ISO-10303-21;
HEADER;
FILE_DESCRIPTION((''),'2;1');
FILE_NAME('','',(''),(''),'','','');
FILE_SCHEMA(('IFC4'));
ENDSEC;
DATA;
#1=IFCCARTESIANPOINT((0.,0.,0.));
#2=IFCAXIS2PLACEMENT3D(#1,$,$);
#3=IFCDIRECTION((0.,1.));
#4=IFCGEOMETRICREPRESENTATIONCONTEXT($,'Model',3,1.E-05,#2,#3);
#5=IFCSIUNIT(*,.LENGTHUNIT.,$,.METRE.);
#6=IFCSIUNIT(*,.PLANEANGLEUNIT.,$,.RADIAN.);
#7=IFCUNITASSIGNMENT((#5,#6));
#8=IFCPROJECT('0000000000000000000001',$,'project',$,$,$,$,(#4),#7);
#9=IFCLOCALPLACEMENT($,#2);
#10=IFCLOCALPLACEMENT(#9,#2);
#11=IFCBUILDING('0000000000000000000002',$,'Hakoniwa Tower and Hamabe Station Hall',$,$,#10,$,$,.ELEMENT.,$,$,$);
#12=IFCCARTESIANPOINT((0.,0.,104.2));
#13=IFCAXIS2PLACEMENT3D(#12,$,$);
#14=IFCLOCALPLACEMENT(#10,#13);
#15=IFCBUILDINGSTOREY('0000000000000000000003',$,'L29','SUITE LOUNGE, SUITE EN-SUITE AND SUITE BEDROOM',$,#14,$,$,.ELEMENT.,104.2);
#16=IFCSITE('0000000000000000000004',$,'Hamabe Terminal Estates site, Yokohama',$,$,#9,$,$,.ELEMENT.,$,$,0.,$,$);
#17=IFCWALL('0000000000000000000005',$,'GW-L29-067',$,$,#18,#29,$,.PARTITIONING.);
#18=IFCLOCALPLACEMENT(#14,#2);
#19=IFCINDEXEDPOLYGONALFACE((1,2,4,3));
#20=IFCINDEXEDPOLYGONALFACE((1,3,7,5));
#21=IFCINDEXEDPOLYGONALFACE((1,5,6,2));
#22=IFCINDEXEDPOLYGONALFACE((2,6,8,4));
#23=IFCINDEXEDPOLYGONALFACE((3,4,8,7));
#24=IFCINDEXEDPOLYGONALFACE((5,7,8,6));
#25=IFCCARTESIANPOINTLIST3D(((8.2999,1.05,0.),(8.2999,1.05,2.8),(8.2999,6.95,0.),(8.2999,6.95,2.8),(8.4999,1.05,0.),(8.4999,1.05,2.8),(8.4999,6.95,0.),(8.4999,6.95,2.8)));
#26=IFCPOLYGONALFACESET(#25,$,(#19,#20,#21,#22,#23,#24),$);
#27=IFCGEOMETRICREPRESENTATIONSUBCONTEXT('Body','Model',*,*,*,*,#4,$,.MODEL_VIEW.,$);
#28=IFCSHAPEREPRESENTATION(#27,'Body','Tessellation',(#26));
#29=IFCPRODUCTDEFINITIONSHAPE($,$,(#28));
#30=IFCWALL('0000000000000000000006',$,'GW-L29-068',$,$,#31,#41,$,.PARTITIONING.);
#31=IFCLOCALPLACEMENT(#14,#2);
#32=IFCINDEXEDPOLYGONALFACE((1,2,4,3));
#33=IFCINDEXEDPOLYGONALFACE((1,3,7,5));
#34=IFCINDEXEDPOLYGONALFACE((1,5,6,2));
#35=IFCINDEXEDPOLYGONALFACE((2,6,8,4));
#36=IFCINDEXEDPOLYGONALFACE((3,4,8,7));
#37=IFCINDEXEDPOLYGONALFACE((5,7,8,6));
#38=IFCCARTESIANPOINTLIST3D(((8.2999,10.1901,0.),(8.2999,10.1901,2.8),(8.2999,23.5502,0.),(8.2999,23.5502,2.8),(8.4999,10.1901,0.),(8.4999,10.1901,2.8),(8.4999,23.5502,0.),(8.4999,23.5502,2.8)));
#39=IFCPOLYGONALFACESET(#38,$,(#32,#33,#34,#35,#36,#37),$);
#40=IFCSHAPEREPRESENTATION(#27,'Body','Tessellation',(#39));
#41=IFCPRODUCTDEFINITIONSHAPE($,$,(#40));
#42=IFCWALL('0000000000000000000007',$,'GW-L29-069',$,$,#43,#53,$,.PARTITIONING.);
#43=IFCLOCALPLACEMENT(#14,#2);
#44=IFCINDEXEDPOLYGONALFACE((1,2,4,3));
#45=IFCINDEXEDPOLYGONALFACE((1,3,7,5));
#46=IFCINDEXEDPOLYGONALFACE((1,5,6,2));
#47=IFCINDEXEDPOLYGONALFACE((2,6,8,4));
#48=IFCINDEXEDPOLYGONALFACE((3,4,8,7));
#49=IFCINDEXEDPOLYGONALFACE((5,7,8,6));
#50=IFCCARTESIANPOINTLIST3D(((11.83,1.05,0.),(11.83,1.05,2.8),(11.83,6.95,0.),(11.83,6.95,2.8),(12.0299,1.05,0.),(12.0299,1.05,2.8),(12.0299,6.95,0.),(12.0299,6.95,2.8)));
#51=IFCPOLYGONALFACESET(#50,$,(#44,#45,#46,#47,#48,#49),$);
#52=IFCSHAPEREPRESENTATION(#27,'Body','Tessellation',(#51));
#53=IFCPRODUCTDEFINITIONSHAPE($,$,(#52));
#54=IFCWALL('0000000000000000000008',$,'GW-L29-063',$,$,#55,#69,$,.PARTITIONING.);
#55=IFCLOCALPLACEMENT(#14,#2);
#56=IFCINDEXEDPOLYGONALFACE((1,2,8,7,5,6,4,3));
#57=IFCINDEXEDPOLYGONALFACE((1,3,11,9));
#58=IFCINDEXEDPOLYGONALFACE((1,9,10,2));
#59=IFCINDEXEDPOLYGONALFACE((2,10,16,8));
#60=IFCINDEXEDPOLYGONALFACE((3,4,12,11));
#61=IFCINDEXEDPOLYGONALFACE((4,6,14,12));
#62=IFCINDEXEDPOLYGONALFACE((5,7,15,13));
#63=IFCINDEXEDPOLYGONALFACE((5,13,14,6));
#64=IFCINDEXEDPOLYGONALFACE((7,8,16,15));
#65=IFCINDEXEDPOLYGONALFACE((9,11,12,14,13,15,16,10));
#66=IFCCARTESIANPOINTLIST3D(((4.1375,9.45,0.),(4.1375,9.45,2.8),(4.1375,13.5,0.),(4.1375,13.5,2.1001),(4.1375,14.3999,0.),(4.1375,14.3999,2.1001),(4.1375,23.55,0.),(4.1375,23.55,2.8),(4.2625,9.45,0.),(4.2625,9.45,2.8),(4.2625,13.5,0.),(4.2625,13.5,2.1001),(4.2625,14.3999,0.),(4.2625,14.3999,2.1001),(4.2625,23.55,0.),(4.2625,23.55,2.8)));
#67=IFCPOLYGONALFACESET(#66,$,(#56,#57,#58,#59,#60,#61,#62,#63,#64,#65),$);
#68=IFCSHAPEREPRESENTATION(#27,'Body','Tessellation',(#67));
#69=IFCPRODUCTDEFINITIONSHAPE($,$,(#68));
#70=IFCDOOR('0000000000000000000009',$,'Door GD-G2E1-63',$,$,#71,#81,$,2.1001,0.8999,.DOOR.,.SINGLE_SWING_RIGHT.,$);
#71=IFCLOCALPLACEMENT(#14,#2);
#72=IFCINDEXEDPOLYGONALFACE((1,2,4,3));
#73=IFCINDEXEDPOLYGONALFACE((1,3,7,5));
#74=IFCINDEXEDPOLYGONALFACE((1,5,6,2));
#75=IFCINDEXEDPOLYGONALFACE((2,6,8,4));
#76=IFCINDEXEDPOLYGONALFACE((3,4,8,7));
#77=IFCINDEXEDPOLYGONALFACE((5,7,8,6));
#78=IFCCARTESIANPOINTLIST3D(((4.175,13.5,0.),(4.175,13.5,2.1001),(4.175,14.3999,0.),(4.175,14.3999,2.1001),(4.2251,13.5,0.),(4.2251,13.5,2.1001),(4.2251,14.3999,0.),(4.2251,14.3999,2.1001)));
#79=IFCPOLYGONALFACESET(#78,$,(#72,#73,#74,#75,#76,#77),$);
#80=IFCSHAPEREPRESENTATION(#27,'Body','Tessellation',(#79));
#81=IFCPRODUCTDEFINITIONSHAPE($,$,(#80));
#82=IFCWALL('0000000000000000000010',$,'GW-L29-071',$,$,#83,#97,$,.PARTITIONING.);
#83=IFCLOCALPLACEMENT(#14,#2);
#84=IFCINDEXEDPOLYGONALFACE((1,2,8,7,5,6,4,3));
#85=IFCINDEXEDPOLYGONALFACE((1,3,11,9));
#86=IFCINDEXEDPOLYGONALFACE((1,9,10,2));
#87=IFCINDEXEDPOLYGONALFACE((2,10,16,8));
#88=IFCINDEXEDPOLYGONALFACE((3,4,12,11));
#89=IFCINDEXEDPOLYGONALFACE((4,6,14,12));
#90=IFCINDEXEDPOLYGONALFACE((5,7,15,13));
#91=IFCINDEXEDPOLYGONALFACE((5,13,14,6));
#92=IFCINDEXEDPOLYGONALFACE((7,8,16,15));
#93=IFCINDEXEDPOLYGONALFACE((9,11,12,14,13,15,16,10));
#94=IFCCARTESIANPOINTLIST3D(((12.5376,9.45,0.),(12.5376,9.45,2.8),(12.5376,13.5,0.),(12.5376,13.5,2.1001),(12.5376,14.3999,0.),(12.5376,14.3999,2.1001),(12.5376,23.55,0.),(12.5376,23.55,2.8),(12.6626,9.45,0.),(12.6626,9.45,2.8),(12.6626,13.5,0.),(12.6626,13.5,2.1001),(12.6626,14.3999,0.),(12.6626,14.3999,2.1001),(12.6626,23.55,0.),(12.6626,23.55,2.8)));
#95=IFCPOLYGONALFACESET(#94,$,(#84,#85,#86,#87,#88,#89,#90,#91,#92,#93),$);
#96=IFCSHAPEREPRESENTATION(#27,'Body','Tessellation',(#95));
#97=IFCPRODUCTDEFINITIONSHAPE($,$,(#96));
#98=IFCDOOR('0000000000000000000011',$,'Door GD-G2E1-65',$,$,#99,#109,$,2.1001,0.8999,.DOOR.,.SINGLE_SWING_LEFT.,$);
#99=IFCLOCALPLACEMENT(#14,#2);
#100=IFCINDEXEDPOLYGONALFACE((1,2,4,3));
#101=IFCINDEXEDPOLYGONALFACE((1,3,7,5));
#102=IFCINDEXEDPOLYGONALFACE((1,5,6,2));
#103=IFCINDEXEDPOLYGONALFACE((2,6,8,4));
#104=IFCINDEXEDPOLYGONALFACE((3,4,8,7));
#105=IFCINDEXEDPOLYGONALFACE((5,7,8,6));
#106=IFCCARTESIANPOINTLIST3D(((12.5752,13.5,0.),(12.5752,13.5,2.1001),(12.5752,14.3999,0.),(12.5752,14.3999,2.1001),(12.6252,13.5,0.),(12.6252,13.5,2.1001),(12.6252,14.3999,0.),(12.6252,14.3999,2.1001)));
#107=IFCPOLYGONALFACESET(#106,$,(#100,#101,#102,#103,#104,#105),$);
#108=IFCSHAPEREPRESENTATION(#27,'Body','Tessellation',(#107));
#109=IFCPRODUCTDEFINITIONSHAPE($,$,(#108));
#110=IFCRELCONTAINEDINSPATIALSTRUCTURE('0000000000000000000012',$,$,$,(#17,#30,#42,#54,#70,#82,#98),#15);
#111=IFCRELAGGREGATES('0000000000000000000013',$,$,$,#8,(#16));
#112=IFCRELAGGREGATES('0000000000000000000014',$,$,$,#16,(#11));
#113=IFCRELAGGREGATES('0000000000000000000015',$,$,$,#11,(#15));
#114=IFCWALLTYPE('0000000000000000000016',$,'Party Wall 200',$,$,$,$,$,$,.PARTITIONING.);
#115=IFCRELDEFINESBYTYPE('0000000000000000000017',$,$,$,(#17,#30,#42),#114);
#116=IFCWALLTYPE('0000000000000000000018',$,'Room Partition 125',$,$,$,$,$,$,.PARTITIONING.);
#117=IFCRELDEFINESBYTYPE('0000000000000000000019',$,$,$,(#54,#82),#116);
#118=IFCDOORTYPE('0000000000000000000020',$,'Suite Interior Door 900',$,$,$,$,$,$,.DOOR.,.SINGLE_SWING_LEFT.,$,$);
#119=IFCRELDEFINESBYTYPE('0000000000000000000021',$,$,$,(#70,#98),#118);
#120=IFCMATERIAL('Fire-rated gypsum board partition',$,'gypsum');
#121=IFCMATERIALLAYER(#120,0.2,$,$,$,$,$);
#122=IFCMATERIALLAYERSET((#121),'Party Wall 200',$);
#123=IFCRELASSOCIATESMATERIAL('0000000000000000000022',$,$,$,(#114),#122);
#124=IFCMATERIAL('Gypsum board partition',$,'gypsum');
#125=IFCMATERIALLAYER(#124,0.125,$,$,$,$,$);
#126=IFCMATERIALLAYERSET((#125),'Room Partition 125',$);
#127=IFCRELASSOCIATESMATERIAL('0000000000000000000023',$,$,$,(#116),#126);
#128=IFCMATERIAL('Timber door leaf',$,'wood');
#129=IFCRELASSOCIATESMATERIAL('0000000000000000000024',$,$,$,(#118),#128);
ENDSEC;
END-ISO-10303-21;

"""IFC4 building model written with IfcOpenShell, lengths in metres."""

from ifc_helpers import new_model, si_unit, direction, frame, frame_2d, origin, place, context, subcontext, project, spatial, rectangle, extrude, material, layer, layer_set, type_object, element, fill, save


model = new_model("IFC4")

# Units and contexts
model_context = context("Model", 3, precision=1e-05, world=origin(), true_north=direction((0.0, 1.0)))
body_context = subcontext(model_context, "Body", "Model", "MODEL_VIEW")
ifc_project = project(units=[si_unit("LENGTHUNIT", "METRE"), si_unit("PLANEANGLEUNIT", "RADIAN")], contexts=[model_context])

# Site, building, storey
site_placement = place(None, origin())
site = spatial("IfcSite", under=ifc_project, at=site_placement, Name="Hamabe Terminal Estates site, Yokohama", CompositionType="ELEMENT", RefElevation=0.0)
building_placement = place(site_placement, origin())
building = spatial("IfcBuilding", under=site, at=building_placement, Name="Hakoniwa Tower and Hamabe Station Hall", CompositionType="ELEMENT")
storey_placement = place(building_placement, frame((0.0, 0.0, 104.2)))
storey = spatial("IfcBuildingStorey", under=building, at=storey_placement, Name="L29", Description="SUITE LOUNGE, SUITE EN-SUITE AND SUITE BEDROOM", CompositionType="ELEMENT", Elevation=104.2)

# Walls
ifc_material_1 = material(Name="Fire-rated gypsum board partition", Category="gypsum")
ifc_layer_1 = layer(ifc_material_1, 0.2)
ifc_layer_set_1 = layer_set([ifc_layer_1], Name="Party Wall 200")
wall_type_1 = type_object("IfcWallType", Name="Party Wall 200", PredefinedType="PARTITIONING", material=ifc_layer_set_1)
for number, where, z_axis, x_axis, name in (
    (1, (8.3999, 1.05, 0.0), (0.0, 0.0, 1.0), (0.0, 1.0, 0.0), "GW-L29-067"),
):
    element("IfcWall", number, at=place(storey_placement, frame(where, z_axis=z_axis, x_axis=x_axis)), inside=storey, type_object=wall_type_1, Name=name, PredefinedType="PARTITIONING", context=body_context, shape_type="SweptSolid", body=[
        extrude(rectangle(XDim=5.8999, YDim=0.2, at=frame_2d((2.95, 0.0))), origin(), (0.0, 0.0, 1.0), 2.8),
    ])
wall_1_placement = place(storey_placement, frame((8.3999, 10.1899, 0.0), z_axis=(0.0, 0.0, 1.0), x_axis=(0.0, 1.0, 0.0)))
element("IfcWall", 2, at=wall_1_placement, inside=storey, type_object=wall_type_1, Name="GW-L29-068", PredefinedType="PARTITIONING", context=body_context, shape_type="SweptSolid", body=[
    extrude(rectangle(XDim=13.3601, YDim=0.2, at=frame_2d((6.6802, 0.0))), origin(), (0.0, 0.0, 1.0), 2.8),
])
wall_2_placement = place(storey_placement, frame((11.9299, 1.05, 0.0), z_axis=(0.0, 0.0, 1.0), x_axis=(0.0, 1.0, 0.0)))
element("IfcWall", 3, at=wall_2_placement, inside=storey, type_object=wall_type_1, Name="GW-L29-069", PredefinedType="PARTITIONING", context=body_context, shape_type="SweptSolid", body=[
    extrude(rectangle(XDim=5.8999, YDim=0.2, at=frame_2d((2.95, 0.0))), origin(), (0.0, 0.0, 1.0), 2.8),
])

# Walls, openings, doors
ifc_material_2 = material(Name="Gypsum board partition", Category="gypsum")
ifc_layer_2 = layer(ifc_material_2, 0.125)
ifc_layer_set_2 = layer_set([ifc_layer_2], Name="Room Partition 125")
wall_type_2 = type_object("IfcWallType", Name="Room Partition 125", PredefinedType="PARTITIONING", material=ifc_layer_set_2)
wall_3_placement = place(storey_placement, frame((4.2, 9.45, 0.0), z_axis=(0.0, 0.0, 1.0), x_axis=(0.0, 1.0, 0.0)))
wall_3 = element("IfcWall", 4, at=wall_3_placement, inside=storey, type_object=wall_type_2, Name="GW-L29-063", PredefinedType="PARTITIONING", context=body_context, shape_type="SweptSolid", body=[
    extrude(rectangle(XDim=14.1001, YDim=0.125, at=frame_2d((7.05, 0.0))), origin(), (0.0, 0.0, 1.0), 2.8),
])
opening_1_placement = place(wall_3_placement, frame((4.05, 0.0, 0.0)))
opening_1 = element("IfcOpeningElement", 5, at=opening_1_placement, cuts=wall_3, PredefinedType="OPENING", context=body_context, shape_type="SweptSolid", body=[
    extrude(rectangle(XDim=0.8999, YDim=2.1001, at=frame_2d((0.45, 1.05))), frame((0.0, 0.0725, 0.0), z_axis=(0.0, -1.0, 0.0), x_axis=(1.0, 0.0, 0.0)), (0.0, 0.0, 1.0), 0.145),
])
ifc_material_3 = material(Name="Timber door leaf", Category="wood")
door_type_1 = type_object("IfcDoorType", Name="Suite Interior Door 900", OperationType="SINGLE_SWING_LEFT", PredefinedType="DOOR", material=ifc_material_3)
door_1_placement = place(opening_1_placement, origin())
door_1 = element("IfcDoor", 6, at=door_1_placement, inside=storey, type_object=door_type_1, Name="Door GD-G2E1-63", OperationType="SINGLE_SWING_RIGHT", OverallHeight=2.1001, OverallWidth=0.8999, PredefinedType="DOOR", context=body_context, shape_type="SweptSolid", body=[
    extrude(rectangle(XDim=0.8999, YDim=2.1001, at=frame_2d((0.45, 1.05))), frame((0.0, 0.0249, 0.0), z_axis=(0.0, -1.0, 0.0), x_axis=(1.0, 0.0, 0.0)), (0.0, 0.0, 1.0), 0.05),
])
fill(opening_1, door_1)
wall_4_placement = place(storey_placement, frame((12.6001, 9.45, 0.0), z_axis=(0.0, 0.0, 1.0), x_axis=(0.0, 1.0, 0.0)))
wall_4 = element("IfcWall", 7, at=wall_4_placement, inside=storey, type_object=wall_type_2, Name="GW-L29-071", PredefinedType="PARTITIONING", context=body_context, shape_type="SweptSolid", body=[
    extrude(rectangle(XDim=14.1001, YDim=0.125, at=frame_2d((7.05, 0.0))), origin(), (0.0, 0.0, 1.0), 2.8),
])
opening_2_placement = place(wall_4_placement, frame((4.05, 0.0, 0.0)))
opening_2 = element("IfcOpeningElement", 8, at=opening_2_placement, cuts=wall_4, PredefinedType="OPENING", context=body_context, shape_type="SweptSolid", body=[
    extrude(rectangle(XDim=0.8999, YDim=2.1001, at=frame_2d((0.45, 1.05))), frame((0.0, 0.0725, 0.0), z_axis=(0.0, -1.0, 0.0), x_axis=(1.0, 0.0, 0.0)), (0.0, 0.0, 1.0), 0.145),
])
door_2_placement = place(opening_2_placement, origin())
door_2 = element("IfcDoor", 9, at=door_2_placement, inside=storey, type_object=door_type_1, Name="Door GD-G2E1-65", OperationType="SINGLE_SWING_LEFT", OverallHeight=2.1001, OverallWidth=0.8999, PredefinedType="DOOR", context=body_context, shape_type="SweptSolid", body=[
    extrude(rectangle(XDim=0.8999, YDim=2.1001, at=frame_2d((0.45, 1.05))), frame((0.0, 0.0249, 0.0), z_axis=(0.0, -1.0, 0.0), x_axis=(1.0, 0.0, 0.0)), (0.0, 0.0, 1.0), 0.05),
])
fill(opening_2, door_2)

save(model, "model.ifc")
